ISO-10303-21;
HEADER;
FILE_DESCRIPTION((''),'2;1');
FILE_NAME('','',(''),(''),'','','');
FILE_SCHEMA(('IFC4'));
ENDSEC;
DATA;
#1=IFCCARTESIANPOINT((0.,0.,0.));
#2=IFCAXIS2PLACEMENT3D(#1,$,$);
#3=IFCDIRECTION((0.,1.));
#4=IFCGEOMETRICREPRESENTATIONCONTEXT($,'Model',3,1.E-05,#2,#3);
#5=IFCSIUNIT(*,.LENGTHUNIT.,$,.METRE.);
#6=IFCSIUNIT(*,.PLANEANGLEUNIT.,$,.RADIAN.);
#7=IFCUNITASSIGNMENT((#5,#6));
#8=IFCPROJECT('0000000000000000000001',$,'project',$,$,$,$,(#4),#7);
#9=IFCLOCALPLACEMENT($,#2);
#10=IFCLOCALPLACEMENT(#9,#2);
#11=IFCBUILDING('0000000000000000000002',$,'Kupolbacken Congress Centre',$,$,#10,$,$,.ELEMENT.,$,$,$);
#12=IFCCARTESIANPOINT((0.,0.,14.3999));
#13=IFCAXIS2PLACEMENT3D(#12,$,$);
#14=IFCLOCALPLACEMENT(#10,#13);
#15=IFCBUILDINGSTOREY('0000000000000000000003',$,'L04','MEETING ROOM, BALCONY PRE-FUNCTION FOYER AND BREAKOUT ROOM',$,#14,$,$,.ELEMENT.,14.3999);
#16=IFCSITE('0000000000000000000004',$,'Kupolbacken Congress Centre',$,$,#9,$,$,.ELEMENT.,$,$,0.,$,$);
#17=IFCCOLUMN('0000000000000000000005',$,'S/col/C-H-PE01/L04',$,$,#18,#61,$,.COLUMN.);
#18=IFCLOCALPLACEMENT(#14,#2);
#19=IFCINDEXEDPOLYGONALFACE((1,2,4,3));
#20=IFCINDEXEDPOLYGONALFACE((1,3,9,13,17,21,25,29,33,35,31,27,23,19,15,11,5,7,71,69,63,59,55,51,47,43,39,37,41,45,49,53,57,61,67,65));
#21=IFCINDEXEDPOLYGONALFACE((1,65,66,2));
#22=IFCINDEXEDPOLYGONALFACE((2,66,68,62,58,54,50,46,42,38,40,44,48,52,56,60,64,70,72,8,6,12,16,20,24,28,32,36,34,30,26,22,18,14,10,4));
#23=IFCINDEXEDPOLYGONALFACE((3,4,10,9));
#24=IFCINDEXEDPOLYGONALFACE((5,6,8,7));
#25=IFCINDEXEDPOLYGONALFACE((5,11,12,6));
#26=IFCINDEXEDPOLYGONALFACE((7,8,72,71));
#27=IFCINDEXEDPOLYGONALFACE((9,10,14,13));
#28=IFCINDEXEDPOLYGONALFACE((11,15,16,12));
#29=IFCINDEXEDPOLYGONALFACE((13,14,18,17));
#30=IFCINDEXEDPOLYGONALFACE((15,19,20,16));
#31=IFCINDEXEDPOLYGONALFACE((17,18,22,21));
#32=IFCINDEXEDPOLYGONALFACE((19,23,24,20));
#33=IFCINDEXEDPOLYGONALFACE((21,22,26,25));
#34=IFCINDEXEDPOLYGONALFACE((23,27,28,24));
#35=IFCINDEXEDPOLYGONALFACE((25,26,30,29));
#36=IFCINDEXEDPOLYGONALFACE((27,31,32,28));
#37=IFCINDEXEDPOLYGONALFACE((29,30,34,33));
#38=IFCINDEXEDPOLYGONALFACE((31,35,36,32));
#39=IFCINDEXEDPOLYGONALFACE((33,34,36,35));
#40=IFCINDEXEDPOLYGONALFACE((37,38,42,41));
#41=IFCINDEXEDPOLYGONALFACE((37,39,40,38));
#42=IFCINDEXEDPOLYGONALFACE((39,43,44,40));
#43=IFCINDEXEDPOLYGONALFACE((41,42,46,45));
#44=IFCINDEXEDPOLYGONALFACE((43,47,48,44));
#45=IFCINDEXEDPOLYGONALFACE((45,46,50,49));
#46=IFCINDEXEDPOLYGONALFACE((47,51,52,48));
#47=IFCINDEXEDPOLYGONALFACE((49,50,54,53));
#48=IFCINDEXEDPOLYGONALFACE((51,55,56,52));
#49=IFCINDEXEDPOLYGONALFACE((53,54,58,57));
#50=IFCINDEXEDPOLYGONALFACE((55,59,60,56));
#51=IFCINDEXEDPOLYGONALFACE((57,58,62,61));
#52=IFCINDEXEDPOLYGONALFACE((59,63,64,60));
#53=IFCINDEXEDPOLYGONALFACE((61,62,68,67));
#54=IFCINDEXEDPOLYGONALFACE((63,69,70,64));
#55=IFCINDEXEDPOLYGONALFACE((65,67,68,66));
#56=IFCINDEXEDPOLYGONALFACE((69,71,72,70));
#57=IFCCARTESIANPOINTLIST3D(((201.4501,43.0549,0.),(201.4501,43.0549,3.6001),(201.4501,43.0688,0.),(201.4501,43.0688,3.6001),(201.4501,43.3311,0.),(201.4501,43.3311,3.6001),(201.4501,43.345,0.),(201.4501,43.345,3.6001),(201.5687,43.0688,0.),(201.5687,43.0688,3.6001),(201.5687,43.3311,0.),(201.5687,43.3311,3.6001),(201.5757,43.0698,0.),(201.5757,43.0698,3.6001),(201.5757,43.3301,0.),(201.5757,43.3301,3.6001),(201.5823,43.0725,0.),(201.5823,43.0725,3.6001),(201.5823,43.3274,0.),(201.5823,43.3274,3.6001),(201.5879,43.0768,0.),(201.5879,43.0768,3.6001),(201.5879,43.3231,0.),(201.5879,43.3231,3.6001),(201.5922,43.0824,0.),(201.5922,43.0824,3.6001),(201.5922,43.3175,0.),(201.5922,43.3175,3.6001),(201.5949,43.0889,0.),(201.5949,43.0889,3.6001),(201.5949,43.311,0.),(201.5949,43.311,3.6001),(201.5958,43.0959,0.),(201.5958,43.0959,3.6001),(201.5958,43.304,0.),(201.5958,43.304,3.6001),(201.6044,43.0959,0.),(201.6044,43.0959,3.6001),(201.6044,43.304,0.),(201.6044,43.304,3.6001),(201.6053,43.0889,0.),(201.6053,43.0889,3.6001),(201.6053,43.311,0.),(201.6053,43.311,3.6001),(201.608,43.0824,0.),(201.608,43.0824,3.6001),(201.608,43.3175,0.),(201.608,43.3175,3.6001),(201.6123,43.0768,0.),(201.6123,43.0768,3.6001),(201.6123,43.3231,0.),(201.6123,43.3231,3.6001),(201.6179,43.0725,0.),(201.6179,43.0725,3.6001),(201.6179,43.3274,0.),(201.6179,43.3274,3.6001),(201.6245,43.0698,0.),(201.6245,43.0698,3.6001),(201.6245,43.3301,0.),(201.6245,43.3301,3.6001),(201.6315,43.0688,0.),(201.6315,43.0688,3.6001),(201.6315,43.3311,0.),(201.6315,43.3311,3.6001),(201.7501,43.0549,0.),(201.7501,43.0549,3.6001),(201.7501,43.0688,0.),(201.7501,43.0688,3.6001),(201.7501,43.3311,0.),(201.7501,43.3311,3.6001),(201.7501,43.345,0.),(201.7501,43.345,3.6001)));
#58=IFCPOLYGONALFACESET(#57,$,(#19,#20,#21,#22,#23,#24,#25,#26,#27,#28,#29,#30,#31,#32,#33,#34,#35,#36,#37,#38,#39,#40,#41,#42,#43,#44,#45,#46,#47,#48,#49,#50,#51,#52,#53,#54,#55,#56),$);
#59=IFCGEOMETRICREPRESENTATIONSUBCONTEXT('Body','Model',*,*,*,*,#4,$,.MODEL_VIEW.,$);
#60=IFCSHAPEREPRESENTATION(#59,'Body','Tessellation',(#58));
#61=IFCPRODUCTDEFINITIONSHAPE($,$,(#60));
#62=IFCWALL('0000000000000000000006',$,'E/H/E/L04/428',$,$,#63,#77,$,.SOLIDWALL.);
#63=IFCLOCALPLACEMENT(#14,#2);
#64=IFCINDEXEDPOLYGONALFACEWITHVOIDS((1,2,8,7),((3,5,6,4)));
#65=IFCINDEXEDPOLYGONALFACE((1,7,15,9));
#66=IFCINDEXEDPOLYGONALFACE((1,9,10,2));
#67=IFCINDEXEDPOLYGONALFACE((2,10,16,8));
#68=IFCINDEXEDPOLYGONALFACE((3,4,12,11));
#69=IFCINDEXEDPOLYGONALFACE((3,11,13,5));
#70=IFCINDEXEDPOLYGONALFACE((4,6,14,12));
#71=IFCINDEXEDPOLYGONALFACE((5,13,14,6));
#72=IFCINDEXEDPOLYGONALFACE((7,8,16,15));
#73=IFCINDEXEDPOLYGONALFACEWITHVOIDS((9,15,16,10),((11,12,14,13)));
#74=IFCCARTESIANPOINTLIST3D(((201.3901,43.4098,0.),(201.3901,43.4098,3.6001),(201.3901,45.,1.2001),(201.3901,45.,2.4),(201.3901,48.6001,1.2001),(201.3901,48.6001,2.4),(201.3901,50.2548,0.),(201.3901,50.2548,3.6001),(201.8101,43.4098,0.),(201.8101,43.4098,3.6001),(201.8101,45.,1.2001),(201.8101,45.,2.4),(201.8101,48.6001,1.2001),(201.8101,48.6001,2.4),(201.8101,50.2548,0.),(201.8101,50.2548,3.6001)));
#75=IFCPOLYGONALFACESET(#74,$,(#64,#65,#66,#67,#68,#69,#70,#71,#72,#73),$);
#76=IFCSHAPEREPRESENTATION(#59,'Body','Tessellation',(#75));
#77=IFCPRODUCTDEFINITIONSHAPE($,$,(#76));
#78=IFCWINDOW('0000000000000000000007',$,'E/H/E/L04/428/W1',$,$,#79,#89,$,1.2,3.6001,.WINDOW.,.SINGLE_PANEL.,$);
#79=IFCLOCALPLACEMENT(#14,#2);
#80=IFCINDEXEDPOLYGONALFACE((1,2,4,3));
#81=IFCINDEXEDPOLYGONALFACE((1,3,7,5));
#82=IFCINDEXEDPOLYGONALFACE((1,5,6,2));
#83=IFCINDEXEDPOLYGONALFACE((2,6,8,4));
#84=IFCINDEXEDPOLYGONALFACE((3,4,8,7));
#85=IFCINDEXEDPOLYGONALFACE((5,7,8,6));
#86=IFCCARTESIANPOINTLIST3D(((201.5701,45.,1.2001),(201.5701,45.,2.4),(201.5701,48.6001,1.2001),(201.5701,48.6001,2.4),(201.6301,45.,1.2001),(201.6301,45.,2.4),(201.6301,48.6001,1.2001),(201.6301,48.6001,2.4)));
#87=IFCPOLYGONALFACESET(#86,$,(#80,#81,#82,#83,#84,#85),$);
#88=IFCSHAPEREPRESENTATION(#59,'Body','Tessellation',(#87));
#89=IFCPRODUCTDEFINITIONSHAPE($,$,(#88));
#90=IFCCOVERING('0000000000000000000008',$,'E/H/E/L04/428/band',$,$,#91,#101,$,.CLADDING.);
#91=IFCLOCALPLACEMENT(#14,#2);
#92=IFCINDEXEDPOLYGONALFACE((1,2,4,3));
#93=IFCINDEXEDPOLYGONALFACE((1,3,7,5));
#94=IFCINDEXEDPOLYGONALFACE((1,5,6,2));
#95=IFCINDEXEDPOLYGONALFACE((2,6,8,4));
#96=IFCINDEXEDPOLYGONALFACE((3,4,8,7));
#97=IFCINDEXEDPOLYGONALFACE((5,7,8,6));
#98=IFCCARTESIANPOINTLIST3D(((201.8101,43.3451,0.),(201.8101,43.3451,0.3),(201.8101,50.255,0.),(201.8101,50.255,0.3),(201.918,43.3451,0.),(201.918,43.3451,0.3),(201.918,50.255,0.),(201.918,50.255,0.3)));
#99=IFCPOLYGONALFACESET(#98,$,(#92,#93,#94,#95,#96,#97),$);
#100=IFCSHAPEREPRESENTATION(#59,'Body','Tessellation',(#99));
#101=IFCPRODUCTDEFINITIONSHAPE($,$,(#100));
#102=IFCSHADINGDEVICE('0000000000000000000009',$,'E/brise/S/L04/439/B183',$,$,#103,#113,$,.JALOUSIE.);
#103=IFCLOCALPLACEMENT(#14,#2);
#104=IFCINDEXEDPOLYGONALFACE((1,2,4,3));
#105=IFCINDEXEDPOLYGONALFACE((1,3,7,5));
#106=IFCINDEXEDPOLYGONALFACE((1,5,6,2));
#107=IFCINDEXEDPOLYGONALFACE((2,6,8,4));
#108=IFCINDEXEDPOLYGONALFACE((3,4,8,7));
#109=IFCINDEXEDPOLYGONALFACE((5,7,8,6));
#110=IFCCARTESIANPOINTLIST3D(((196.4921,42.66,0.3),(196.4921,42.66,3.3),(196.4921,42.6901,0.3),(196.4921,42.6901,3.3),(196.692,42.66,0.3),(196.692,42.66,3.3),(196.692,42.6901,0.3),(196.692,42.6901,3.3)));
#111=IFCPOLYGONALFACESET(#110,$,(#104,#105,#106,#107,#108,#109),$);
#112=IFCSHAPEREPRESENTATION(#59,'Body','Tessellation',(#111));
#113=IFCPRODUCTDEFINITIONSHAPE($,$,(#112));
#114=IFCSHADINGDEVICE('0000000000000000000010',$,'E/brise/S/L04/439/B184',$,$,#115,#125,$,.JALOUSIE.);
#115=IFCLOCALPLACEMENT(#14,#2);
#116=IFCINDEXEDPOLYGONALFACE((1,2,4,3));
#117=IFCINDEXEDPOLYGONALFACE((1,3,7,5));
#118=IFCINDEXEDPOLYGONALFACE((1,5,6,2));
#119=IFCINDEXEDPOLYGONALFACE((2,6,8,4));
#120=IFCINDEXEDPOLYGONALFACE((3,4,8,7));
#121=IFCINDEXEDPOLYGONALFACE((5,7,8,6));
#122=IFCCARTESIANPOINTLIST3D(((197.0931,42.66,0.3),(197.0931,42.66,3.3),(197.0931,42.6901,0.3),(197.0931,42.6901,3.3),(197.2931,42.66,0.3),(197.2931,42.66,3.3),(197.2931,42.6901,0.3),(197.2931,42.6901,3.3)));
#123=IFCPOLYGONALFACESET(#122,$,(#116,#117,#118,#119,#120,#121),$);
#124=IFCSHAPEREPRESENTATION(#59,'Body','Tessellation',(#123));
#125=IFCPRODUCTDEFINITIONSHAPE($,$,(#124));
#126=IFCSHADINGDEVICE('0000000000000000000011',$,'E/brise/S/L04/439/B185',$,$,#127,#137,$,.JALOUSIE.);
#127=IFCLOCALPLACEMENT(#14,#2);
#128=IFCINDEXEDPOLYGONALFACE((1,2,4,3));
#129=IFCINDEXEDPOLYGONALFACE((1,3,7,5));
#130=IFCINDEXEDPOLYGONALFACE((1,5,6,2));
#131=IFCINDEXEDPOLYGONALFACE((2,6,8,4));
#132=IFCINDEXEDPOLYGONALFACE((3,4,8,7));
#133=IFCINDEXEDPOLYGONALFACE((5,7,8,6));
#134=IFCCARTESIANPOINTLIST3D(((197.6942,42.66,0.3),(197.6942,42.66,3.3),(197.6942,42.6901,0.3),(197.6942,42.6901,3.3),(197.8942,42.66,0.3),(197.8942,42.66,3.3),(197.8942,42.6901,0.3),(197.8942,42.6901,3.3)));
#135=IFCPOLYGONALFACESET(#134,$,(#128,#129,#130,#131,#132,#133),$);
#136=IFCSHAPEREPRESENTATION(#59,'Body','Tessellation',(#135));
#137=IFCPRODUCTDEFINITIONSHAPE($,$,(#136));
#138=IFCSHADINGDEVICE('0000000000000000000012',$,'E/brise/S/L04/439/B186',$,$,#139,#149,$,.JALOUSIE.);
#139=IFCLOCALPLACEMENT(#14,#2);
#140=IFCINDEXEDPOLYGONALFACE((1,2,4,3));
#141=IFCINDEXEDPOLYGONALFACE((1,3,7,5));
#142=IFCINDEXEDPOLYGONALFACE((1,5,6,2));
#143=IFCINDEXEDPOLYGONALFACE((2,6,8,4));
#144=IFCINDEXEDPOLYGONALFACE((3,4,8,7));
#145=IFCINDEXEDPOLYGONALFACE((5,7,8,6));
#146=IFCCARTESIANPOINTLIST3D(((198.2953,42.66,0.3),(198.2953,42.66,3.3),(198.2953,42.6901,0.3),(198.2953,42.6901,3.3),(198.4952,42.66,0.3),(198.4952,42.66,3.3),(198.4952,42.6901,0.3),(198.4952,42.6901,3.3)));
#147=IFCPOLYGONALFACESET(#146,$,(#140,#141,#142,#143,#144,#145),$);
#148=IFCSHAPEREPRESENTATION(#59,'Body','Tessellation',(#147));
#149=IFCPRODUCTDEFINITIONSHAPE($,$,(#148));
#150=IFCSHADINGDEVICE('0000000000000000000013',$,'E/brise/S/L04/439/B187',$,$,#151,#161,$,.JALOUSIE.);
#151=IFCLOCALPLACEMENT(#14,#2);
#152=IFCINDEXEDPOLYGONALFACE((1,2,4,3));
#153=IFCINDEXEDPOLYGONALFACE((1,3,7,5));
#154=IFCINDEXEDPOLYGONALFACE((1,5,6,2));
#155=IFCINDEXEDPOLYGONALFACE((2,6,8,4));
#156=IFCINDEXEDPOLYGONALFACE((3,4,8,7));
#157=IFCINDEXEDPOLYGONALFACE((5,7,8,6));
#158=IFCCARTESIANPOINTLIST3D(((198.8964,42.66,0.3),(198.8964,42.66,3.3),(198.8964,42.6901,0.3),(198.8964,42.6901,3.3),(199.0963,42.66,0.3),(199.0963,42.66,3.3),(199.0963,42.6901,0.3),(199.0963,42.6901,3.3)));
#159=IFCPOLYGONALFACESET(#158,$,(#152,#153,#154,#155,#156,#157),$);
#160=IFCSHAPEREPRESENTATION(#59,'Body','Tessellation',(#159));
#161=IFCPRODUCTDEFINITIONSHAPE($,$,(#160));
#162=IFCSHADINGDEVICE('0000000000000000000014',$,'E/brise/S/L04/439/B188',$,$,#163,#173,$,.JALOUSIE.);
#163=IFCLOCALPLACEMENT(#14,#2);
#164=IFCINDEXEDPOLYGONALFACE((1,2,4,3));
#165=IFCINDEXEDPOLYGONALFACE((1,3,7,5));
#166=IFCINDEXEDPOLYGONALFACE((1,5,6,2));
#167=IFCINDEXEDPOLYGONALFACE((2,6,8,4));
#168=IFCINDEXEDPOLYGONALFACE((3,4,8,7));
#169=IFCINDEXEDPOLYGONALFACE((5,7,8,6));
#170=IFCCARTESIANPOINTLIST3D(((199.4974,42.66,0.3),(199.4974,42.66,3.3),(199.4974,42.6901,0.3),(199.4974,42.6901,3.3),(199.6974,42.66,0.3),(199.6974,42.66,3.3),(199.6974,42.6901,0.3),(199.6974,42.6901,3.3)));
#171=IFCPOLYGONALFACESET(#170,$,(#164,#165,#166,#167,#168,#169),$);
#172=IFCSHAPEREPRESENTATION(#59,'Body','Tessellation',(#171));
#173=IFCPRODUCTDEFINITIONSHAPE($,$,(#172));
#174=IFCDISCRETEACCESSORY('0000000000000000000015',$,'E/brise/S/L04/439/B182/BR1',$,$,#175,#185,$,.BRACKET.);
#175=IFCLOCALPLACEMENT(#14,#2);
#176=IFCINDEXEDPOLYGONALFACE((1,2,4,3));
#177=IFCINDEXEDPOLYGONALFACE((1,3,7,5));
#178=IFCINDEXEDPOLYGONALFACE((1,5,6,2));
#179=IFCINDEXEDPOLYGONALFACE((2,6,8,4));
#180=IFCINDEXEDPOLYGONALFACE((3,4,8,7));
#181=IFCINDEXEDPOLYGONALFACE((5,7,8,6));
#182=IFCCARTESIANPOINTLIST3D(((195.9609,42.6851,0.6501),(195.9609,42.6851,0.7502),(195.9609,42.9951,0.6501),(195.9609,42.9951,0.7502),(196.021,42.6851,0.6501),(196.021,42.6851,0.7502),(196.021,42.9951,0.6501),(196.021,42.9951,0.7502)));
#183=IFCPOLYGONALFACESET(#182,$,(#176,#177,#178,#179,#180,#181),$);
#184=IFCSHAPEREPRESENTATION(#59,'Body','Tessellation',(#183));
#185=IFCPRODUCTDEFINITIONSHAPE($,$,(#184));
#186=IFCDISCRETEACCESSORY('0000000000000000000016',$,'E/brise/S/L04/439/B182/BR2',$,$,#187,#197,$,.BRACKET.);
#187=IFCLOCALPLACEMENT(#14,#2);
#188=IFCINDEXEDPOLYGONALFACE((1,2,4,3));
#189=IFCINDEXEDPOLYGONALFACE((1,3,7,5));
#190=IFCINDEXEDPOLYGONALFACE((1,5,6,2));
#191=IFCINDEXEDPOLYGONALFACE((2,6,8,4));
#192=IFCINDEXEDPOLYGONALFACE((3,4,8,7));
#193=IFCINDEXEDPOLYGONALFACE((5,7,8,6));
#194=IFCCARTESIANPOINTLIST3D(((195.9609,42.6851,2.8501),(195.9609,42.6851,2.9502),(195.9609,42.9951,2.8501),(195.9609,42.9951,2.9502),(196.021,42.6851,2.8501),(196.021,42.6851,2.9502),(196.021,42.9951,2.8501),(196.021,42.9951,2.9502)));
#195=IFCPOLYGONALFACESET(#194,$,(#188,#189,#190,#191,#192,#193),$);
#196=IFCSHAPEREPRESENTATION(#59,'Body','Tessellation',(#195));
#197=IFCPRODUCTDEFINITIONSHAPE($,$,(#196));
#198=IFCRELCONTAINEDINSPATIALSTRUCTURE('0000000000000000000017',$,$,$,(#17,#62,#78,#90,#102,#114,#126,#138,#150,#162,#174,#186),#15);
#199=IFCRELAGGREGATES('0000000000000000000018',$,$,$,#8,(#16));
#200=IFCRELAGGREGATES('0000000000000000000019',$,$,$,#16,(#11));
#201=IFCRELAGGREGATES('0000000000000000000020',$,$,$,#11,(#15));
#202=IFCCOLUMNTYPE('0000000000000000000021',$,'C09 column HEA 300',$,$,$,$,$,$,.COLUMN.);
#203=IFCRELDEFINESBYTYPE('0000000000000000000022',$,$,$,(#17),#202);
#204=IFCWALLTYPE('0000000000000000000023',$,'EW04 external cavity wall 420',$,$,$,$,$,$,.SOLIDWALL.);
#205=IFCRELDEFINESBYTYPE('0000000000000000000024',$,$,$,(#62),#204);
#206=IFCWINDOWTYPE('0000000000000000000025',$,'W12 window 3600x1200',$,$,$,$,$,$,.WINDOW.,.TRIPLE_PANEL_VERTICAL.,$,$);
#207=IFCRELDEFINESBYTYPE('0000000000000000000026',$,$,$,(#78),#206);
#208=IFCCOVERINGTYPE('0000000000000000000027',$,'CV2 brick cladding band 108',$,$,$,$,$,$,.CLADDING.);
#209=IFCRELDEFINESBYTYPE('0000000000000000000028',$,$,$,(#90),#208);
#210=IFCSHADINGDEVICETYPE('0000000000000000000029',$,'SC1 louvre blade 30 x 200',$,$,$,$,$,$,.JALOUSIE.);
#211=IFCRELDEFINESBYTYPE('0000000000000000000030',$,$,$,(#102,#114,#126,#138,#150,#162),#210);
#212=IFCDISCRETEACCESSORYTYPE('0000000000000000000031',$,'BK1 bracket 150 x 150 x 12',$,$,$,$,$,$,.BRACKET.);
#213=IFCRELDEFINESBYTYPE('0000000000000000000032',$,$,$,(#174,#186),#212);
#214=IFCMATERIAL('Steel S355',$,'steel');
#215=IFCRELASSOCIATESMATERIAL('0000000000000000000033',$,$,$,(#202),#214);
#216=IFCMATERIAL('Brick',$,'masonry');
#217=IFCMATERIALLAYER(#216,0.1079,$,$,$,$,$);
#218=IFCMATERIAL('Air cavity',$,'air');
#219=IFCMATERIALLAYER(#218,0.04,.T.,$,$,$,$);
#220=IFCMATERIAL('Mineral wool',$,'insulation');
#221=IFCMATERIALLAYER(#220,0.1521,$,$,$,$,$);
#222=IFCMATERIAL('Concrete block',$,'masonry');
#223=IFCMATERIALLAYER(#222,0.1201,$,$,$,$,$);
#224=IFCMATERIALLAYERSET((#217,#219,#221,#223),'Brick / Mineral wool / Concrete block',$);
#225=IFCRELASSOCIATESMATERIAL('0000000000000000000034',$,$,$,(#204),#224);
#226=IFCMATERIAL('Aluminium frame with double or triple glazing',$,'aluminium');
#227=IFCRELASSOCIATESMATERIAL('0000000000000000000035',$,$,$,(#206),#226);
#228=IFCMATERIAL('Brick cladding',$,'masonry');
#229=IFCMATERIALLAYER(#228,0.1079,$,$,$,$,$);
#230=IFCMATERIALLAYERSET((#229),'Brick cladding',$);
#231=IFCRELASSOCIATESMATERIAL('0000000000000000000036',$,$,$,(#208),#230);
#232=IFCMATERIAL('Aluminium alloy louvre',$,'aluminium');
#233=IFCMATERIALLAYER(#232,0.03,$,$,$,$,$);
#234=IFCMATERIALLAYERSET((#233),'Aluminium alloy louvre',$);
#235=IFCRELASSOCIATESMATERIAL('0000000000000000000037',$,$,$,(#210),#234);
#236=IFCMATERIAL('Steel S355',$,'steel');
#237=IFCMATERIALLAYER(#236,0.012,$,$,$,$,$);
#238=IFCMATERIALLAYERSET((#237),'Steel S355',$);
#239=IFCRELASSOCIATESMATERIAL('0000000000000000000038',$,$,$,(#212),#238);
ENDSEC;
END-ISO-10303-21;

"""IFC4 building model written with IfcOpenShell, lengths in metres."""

from ifc_helpers import new_model, si_unit, direction, frame, frame_2d, origin, origin_2d, place, context, subcontext, project, spatial, rectangle, i_section, extrude, material, layer, layer_set, material_profile, profile_set, type_object, element, fill, save


model = new_model("IFC4")

# Units and contexts
model_context = context("Model", 3, precision=1e-05, world=origin(), true_north=direction((0.0, 1.0)))
body_context = subcontext(model_context, "Body", "Model", "MODEL_VIEW")
ifc_project = project(units=[si_unit("LENGTHUNIT", "METRE"), si_unit("PLANEANGLEUNIT", "RADIAN")], contexts=[model_context])

# Site, building, storey
site_placement = place(None, origin())
site = spatial("IfcSite", under=ifc_project, at=site_placement, Name="Kupolbacken Congress Centre", CompositionType="ELEMENT", RefElevation=0.0)
building_placement = place(site_placement, origin())
building = spatial("IfcBuilding", under=site, at=building_placement, Name="Kupolbacken Congress Centre", CompositionType="ELEMENT")
storey_placement = place(building_placement, frame((0.0, 0.0, 14.3999)))
storey = spatial("IfcBuildingStorey", under=building, at=storey_placement, Name="L04", Description="MEETING ROOM, BALCONY PRE-FUNCTION FOYER AND BREAKOUT ROOM", CompositionType="ELEMENT", Elevation=14.3999)

# Column
ifc_material_1 = material(Name="Steel S355", Category="steel")
ifc_material_profile = material_profile(ifc_material_1, i_section(OverallWidth=0.3, OverallDepth=0.29, WebThickness=0.0085, FlangeThickness=0.0139, FilletRadius=0.0271, at=origin_2d()), Name="HEA 300")
ifc_profile_set = profile_set([ifc_material_profile], Name="Steel S355")
column_type = type_object("IfcColumnType", Name="C09 column HEA 300", PredefinedType="COLUMN", material=ifc_profile_set)
column_placement = place(storey_placement, frame((201.6001, 43.2, 0.0), z_axis=(0.0, 0.0, 1.0), x_axis=(1.0, 0.0, 0.0)))
element("IfcColumn", 1, at=column_placement, inside=storey, type_object=column_type, Name="S/col/C-H-PE01/L04", PredefinedType="COLUMN", context=body_context, shape_type="SweptSolid", body=[
    extrude(i_section(OverallWidth=0.3, OverallDepth=0.29, WebThickness=0.0085, FlangeThickness=0.0139, FilletRadius=0.0271, at=origin_2d()), origin(), (0.0, 0.0, 1.0), 3.6001),
])

# Wall, opening, window
ifc_material_2 = material(Name="Brick", Category="masonry")
ifc_layer_1 = layer(ifc_material_2, 0.1079)
ifc_material_3 = material(Name="Air cavity", Category="air")
ifc_layer_2 = layer(ifc_material_3, 0.04, ventilated=True)
ifc_material_4 = material(Name="Mineral wool", Category="insulation")
ifc_layer_3 = layer(ifc_material_4, 0.1521)
ifc_material_5 = material(Name="Concrete block", Category="masonry")
ifc_layer_4 = layer(ifc_material_5, 0.1201)
ifc_layer_set_1 = layer_set([ifc_layer_1, ifc_layer_2, ifc_layer_3, ifc_layer_4], Name="Brick / Mineral wool / Concrete block")
wall_type = type_object("IfcWallType", Name="EW04 external cavity wall 420", PredefinedType="SOLIDWALL", material=ifc_layer_set_1)
wall_placement = place(storey_placement, frame((201.6001, 43.4099, 0.0), z_axis=(0.0, 0.0, 1.0), x_axis=(0.0, 1.0, 0.0)))
wall = element("IfcWall", 2, at=wall_placement, inside=storey, type_object=wall_type, Name="E/H/E/L04/428", PredefinedType="SOLIDWALL", context=body_context, shape_type="SweptSolid", body=[
    extrude(rectangle(XDim=6.845, YDim=0.4199, at=frame_2d((3.4224, 0.0))), origin(), (0.0, 0.0, 1.0), 3.6001),
])
opening_placement = place(wall_placement, frame((1.5901, 0.0, 1.2)))
opening = element("IfcOpeningElement", 3, at=opening_placement, cuts=wall, PredefinedType="OPENING", context=body_context, shape_type="SweptSolid", body=[
    extrude(rectangle(XDim=3.6001, YDim=1.2, at=frame_2d((1.8, 0.6001))), frame((0.0, 0.22, 0.0), z_axis=(0.0, -1.0, 0.0), x_axis=(1.0, 0.0, 0.0)), (0.0, 0.0, 1.0), 0.4399),
])
ifc_material_6 = material(Name="Aluminium frame with double or triple glazing", Category="aluminium")
window_type = type_object("IfcWindowType", Name="W12 window 3600x1200", PartitioningType="TRIPLE_PANEL_VERTICAL", PredefinedType="WINDOW", material=ifc_material_6)
window_placement = place(opening_placement, origin())
window = element("IfcWindow", 4, at=window_placement, inside=storey, type_object=window_type, Name="E/H/E/L04/428/W1", OverallHeight=1.2, OverallWidth=3.6001, PartitioningType="SINGLE_PANEL", PredefinedType="WINDOW", context=body_context, shape_type="SweptSolid", body=[
    extrude(rectangle(XDim=3.6001, YDim=1.2, at=frame_2d((1.8, 0.6001))), frame((0.0, 0.03, 0.0), z_axis=(0.0, -1.0, 0.0), x_axis=(1.0, 0.0, 0.0)), (0.0, 0.0, 1.0), 0.0601),
])
fill(opening, window)

# Covering
ifc_material_7 = material(Name="Brick cladding", Category="masonry")
ifc_layer_5 = layer(ifc_material_7, 0.1079)
ifc_layer_set_2 = layer_set([ifc_layer_5], Name="Brick cladding")
covering_type = type_object("IfcCoveringType", Name="CV2 brick cladding band 108", PredefinedType="CLADDING", material=ifc_layer_set_2)
covering_placement = place(storey_placement, frame((201.864, 46.8, 0.0), z_axis=(0.0, 0.0, 1.0), x_axis=(0.0, 1.0, 0.0)))
element("IfcCovering", 5, at=covering_placement, inside=storey, type_object=covering_type, Name="E/H/E/L04/428/band", PredefinedType="CLADDING", context=body_context, shape_type="SweptSolid", body=[
    extrude(rectangle(XDim=6.9099, YDim=0.1079, at=origin_2d()), origin(), (0.0, 0.0, 1.0), 0.3),
])

# Shading devices
ifc_material_8 = material(Name="Aluminium alloy louvre", Category="aluminium")
ifc_layer_6 = layer(ifc_material_8, 0.03)
ifc_layer_set_3 = layer_set([ifc_layer_6], Name="Aluminium alloy louvre")
shading_device_type = type_object("IfcShadingDeviceType", Name="SC1 louvre blade 30 x 200", PredefinedType="JALOUSIE", material=ifc_layer_set_3)
for number, where, z_axis, x_axis, name in (
    (6, (196.592, 42.675, 0.3), (0.0, 0.0, 1.0), (1.0, 0.0, 0.0), "E/brise/S/L04/439/B183"),
    (7, (197.1931, 42.675, 0.3), (0.0, 0.0, 1.0), (1.0, 0.0, 0.0), "E/brise/S/L04/439/B184"),
    (8, (197.7942, 42.675, 0.3), (0.0, 0.0, 1.0), (1.0, 0.0, 0.0), "E/brise/S/L04/439/B185"),
    (9, (198.3953, 42.675, 0.3), (0.0, 0.0, 1.0), (1.0, 0.0, 0.0), "E/brise/S/L04/439/B186"),
    (10, (198.9963, 42.675, 0.3), (0.0, 0.0, 1.0), (1.0, 0.0, 0.0), "E/brise/S/L04/439/B187"),
    (11, (199.5974, 42.675, 0.3), (0.0, 0.0, 1.0), (1.0, 0.0, 0.0), "E/brise/S/L04/439/B188"),
):
    element("IfcShadingDevice", number, at=place(storey_placement, frame(where, z_axis=z_axis, x_axis=x_axis)), inside=storey, type_object=shading_device_type, Name=name, PredefinedType="JALOUSIE", context=body_context, shape_type="SweptSolid", body=[
        extrude(rectangle(XDim=0.2, YDim=0.03, at=origin_2d()), origin(), (0.0, 0.0, 1.0), 3.0),
    ])

# Discrete accessories
ifc_material_9 = material(Name="Steel S355", Category="steel")
ifc_layer_7 = layer(ifc_material_9, 0.012)
ifc_layer_set_4 = layer_set([ifc_layer_7], Name="Steel S355")
discrete_accessory_type = type_object("IfcDiscreteAccessoryType", Name="BK1 bracket 150 x 150 x 12", PredefinedType="BRACKET", material=ifc_layer_set_4)
for number, where, z_axis, x_axis, name in (
    (12, (195.991, 42.8401, 0.6501), (0.0, 0.0, 1.0), (1.0, 0.0, 0.0), "E/brise/S/L04/439/B182/BR1"),
    (13, (195.991, 42.8401, 2.8501), (0.0, 0.0, 1.0), (1.0, 0.0, 0.0), "E/brise/S/L04/439/B182/BR2"),
):
    element("IfcDiscreteAccessory", number, at=place(storey_placement, frame(where, z_axis=z_axis, x_axis=x_axis)), inside=storey, type_object=discrete_accessory_type, Name=name, PredefinedType="BRACKET", context=body_context, shape_type="SweptSolid", body=[
        extrude(rectangle(XDim=0.0601, YDim=0.3101, at=origin_2d()), origin(), (0.0, 0.0, 1.0), 0.1001),
    ])

save(model, "model.ifc")
